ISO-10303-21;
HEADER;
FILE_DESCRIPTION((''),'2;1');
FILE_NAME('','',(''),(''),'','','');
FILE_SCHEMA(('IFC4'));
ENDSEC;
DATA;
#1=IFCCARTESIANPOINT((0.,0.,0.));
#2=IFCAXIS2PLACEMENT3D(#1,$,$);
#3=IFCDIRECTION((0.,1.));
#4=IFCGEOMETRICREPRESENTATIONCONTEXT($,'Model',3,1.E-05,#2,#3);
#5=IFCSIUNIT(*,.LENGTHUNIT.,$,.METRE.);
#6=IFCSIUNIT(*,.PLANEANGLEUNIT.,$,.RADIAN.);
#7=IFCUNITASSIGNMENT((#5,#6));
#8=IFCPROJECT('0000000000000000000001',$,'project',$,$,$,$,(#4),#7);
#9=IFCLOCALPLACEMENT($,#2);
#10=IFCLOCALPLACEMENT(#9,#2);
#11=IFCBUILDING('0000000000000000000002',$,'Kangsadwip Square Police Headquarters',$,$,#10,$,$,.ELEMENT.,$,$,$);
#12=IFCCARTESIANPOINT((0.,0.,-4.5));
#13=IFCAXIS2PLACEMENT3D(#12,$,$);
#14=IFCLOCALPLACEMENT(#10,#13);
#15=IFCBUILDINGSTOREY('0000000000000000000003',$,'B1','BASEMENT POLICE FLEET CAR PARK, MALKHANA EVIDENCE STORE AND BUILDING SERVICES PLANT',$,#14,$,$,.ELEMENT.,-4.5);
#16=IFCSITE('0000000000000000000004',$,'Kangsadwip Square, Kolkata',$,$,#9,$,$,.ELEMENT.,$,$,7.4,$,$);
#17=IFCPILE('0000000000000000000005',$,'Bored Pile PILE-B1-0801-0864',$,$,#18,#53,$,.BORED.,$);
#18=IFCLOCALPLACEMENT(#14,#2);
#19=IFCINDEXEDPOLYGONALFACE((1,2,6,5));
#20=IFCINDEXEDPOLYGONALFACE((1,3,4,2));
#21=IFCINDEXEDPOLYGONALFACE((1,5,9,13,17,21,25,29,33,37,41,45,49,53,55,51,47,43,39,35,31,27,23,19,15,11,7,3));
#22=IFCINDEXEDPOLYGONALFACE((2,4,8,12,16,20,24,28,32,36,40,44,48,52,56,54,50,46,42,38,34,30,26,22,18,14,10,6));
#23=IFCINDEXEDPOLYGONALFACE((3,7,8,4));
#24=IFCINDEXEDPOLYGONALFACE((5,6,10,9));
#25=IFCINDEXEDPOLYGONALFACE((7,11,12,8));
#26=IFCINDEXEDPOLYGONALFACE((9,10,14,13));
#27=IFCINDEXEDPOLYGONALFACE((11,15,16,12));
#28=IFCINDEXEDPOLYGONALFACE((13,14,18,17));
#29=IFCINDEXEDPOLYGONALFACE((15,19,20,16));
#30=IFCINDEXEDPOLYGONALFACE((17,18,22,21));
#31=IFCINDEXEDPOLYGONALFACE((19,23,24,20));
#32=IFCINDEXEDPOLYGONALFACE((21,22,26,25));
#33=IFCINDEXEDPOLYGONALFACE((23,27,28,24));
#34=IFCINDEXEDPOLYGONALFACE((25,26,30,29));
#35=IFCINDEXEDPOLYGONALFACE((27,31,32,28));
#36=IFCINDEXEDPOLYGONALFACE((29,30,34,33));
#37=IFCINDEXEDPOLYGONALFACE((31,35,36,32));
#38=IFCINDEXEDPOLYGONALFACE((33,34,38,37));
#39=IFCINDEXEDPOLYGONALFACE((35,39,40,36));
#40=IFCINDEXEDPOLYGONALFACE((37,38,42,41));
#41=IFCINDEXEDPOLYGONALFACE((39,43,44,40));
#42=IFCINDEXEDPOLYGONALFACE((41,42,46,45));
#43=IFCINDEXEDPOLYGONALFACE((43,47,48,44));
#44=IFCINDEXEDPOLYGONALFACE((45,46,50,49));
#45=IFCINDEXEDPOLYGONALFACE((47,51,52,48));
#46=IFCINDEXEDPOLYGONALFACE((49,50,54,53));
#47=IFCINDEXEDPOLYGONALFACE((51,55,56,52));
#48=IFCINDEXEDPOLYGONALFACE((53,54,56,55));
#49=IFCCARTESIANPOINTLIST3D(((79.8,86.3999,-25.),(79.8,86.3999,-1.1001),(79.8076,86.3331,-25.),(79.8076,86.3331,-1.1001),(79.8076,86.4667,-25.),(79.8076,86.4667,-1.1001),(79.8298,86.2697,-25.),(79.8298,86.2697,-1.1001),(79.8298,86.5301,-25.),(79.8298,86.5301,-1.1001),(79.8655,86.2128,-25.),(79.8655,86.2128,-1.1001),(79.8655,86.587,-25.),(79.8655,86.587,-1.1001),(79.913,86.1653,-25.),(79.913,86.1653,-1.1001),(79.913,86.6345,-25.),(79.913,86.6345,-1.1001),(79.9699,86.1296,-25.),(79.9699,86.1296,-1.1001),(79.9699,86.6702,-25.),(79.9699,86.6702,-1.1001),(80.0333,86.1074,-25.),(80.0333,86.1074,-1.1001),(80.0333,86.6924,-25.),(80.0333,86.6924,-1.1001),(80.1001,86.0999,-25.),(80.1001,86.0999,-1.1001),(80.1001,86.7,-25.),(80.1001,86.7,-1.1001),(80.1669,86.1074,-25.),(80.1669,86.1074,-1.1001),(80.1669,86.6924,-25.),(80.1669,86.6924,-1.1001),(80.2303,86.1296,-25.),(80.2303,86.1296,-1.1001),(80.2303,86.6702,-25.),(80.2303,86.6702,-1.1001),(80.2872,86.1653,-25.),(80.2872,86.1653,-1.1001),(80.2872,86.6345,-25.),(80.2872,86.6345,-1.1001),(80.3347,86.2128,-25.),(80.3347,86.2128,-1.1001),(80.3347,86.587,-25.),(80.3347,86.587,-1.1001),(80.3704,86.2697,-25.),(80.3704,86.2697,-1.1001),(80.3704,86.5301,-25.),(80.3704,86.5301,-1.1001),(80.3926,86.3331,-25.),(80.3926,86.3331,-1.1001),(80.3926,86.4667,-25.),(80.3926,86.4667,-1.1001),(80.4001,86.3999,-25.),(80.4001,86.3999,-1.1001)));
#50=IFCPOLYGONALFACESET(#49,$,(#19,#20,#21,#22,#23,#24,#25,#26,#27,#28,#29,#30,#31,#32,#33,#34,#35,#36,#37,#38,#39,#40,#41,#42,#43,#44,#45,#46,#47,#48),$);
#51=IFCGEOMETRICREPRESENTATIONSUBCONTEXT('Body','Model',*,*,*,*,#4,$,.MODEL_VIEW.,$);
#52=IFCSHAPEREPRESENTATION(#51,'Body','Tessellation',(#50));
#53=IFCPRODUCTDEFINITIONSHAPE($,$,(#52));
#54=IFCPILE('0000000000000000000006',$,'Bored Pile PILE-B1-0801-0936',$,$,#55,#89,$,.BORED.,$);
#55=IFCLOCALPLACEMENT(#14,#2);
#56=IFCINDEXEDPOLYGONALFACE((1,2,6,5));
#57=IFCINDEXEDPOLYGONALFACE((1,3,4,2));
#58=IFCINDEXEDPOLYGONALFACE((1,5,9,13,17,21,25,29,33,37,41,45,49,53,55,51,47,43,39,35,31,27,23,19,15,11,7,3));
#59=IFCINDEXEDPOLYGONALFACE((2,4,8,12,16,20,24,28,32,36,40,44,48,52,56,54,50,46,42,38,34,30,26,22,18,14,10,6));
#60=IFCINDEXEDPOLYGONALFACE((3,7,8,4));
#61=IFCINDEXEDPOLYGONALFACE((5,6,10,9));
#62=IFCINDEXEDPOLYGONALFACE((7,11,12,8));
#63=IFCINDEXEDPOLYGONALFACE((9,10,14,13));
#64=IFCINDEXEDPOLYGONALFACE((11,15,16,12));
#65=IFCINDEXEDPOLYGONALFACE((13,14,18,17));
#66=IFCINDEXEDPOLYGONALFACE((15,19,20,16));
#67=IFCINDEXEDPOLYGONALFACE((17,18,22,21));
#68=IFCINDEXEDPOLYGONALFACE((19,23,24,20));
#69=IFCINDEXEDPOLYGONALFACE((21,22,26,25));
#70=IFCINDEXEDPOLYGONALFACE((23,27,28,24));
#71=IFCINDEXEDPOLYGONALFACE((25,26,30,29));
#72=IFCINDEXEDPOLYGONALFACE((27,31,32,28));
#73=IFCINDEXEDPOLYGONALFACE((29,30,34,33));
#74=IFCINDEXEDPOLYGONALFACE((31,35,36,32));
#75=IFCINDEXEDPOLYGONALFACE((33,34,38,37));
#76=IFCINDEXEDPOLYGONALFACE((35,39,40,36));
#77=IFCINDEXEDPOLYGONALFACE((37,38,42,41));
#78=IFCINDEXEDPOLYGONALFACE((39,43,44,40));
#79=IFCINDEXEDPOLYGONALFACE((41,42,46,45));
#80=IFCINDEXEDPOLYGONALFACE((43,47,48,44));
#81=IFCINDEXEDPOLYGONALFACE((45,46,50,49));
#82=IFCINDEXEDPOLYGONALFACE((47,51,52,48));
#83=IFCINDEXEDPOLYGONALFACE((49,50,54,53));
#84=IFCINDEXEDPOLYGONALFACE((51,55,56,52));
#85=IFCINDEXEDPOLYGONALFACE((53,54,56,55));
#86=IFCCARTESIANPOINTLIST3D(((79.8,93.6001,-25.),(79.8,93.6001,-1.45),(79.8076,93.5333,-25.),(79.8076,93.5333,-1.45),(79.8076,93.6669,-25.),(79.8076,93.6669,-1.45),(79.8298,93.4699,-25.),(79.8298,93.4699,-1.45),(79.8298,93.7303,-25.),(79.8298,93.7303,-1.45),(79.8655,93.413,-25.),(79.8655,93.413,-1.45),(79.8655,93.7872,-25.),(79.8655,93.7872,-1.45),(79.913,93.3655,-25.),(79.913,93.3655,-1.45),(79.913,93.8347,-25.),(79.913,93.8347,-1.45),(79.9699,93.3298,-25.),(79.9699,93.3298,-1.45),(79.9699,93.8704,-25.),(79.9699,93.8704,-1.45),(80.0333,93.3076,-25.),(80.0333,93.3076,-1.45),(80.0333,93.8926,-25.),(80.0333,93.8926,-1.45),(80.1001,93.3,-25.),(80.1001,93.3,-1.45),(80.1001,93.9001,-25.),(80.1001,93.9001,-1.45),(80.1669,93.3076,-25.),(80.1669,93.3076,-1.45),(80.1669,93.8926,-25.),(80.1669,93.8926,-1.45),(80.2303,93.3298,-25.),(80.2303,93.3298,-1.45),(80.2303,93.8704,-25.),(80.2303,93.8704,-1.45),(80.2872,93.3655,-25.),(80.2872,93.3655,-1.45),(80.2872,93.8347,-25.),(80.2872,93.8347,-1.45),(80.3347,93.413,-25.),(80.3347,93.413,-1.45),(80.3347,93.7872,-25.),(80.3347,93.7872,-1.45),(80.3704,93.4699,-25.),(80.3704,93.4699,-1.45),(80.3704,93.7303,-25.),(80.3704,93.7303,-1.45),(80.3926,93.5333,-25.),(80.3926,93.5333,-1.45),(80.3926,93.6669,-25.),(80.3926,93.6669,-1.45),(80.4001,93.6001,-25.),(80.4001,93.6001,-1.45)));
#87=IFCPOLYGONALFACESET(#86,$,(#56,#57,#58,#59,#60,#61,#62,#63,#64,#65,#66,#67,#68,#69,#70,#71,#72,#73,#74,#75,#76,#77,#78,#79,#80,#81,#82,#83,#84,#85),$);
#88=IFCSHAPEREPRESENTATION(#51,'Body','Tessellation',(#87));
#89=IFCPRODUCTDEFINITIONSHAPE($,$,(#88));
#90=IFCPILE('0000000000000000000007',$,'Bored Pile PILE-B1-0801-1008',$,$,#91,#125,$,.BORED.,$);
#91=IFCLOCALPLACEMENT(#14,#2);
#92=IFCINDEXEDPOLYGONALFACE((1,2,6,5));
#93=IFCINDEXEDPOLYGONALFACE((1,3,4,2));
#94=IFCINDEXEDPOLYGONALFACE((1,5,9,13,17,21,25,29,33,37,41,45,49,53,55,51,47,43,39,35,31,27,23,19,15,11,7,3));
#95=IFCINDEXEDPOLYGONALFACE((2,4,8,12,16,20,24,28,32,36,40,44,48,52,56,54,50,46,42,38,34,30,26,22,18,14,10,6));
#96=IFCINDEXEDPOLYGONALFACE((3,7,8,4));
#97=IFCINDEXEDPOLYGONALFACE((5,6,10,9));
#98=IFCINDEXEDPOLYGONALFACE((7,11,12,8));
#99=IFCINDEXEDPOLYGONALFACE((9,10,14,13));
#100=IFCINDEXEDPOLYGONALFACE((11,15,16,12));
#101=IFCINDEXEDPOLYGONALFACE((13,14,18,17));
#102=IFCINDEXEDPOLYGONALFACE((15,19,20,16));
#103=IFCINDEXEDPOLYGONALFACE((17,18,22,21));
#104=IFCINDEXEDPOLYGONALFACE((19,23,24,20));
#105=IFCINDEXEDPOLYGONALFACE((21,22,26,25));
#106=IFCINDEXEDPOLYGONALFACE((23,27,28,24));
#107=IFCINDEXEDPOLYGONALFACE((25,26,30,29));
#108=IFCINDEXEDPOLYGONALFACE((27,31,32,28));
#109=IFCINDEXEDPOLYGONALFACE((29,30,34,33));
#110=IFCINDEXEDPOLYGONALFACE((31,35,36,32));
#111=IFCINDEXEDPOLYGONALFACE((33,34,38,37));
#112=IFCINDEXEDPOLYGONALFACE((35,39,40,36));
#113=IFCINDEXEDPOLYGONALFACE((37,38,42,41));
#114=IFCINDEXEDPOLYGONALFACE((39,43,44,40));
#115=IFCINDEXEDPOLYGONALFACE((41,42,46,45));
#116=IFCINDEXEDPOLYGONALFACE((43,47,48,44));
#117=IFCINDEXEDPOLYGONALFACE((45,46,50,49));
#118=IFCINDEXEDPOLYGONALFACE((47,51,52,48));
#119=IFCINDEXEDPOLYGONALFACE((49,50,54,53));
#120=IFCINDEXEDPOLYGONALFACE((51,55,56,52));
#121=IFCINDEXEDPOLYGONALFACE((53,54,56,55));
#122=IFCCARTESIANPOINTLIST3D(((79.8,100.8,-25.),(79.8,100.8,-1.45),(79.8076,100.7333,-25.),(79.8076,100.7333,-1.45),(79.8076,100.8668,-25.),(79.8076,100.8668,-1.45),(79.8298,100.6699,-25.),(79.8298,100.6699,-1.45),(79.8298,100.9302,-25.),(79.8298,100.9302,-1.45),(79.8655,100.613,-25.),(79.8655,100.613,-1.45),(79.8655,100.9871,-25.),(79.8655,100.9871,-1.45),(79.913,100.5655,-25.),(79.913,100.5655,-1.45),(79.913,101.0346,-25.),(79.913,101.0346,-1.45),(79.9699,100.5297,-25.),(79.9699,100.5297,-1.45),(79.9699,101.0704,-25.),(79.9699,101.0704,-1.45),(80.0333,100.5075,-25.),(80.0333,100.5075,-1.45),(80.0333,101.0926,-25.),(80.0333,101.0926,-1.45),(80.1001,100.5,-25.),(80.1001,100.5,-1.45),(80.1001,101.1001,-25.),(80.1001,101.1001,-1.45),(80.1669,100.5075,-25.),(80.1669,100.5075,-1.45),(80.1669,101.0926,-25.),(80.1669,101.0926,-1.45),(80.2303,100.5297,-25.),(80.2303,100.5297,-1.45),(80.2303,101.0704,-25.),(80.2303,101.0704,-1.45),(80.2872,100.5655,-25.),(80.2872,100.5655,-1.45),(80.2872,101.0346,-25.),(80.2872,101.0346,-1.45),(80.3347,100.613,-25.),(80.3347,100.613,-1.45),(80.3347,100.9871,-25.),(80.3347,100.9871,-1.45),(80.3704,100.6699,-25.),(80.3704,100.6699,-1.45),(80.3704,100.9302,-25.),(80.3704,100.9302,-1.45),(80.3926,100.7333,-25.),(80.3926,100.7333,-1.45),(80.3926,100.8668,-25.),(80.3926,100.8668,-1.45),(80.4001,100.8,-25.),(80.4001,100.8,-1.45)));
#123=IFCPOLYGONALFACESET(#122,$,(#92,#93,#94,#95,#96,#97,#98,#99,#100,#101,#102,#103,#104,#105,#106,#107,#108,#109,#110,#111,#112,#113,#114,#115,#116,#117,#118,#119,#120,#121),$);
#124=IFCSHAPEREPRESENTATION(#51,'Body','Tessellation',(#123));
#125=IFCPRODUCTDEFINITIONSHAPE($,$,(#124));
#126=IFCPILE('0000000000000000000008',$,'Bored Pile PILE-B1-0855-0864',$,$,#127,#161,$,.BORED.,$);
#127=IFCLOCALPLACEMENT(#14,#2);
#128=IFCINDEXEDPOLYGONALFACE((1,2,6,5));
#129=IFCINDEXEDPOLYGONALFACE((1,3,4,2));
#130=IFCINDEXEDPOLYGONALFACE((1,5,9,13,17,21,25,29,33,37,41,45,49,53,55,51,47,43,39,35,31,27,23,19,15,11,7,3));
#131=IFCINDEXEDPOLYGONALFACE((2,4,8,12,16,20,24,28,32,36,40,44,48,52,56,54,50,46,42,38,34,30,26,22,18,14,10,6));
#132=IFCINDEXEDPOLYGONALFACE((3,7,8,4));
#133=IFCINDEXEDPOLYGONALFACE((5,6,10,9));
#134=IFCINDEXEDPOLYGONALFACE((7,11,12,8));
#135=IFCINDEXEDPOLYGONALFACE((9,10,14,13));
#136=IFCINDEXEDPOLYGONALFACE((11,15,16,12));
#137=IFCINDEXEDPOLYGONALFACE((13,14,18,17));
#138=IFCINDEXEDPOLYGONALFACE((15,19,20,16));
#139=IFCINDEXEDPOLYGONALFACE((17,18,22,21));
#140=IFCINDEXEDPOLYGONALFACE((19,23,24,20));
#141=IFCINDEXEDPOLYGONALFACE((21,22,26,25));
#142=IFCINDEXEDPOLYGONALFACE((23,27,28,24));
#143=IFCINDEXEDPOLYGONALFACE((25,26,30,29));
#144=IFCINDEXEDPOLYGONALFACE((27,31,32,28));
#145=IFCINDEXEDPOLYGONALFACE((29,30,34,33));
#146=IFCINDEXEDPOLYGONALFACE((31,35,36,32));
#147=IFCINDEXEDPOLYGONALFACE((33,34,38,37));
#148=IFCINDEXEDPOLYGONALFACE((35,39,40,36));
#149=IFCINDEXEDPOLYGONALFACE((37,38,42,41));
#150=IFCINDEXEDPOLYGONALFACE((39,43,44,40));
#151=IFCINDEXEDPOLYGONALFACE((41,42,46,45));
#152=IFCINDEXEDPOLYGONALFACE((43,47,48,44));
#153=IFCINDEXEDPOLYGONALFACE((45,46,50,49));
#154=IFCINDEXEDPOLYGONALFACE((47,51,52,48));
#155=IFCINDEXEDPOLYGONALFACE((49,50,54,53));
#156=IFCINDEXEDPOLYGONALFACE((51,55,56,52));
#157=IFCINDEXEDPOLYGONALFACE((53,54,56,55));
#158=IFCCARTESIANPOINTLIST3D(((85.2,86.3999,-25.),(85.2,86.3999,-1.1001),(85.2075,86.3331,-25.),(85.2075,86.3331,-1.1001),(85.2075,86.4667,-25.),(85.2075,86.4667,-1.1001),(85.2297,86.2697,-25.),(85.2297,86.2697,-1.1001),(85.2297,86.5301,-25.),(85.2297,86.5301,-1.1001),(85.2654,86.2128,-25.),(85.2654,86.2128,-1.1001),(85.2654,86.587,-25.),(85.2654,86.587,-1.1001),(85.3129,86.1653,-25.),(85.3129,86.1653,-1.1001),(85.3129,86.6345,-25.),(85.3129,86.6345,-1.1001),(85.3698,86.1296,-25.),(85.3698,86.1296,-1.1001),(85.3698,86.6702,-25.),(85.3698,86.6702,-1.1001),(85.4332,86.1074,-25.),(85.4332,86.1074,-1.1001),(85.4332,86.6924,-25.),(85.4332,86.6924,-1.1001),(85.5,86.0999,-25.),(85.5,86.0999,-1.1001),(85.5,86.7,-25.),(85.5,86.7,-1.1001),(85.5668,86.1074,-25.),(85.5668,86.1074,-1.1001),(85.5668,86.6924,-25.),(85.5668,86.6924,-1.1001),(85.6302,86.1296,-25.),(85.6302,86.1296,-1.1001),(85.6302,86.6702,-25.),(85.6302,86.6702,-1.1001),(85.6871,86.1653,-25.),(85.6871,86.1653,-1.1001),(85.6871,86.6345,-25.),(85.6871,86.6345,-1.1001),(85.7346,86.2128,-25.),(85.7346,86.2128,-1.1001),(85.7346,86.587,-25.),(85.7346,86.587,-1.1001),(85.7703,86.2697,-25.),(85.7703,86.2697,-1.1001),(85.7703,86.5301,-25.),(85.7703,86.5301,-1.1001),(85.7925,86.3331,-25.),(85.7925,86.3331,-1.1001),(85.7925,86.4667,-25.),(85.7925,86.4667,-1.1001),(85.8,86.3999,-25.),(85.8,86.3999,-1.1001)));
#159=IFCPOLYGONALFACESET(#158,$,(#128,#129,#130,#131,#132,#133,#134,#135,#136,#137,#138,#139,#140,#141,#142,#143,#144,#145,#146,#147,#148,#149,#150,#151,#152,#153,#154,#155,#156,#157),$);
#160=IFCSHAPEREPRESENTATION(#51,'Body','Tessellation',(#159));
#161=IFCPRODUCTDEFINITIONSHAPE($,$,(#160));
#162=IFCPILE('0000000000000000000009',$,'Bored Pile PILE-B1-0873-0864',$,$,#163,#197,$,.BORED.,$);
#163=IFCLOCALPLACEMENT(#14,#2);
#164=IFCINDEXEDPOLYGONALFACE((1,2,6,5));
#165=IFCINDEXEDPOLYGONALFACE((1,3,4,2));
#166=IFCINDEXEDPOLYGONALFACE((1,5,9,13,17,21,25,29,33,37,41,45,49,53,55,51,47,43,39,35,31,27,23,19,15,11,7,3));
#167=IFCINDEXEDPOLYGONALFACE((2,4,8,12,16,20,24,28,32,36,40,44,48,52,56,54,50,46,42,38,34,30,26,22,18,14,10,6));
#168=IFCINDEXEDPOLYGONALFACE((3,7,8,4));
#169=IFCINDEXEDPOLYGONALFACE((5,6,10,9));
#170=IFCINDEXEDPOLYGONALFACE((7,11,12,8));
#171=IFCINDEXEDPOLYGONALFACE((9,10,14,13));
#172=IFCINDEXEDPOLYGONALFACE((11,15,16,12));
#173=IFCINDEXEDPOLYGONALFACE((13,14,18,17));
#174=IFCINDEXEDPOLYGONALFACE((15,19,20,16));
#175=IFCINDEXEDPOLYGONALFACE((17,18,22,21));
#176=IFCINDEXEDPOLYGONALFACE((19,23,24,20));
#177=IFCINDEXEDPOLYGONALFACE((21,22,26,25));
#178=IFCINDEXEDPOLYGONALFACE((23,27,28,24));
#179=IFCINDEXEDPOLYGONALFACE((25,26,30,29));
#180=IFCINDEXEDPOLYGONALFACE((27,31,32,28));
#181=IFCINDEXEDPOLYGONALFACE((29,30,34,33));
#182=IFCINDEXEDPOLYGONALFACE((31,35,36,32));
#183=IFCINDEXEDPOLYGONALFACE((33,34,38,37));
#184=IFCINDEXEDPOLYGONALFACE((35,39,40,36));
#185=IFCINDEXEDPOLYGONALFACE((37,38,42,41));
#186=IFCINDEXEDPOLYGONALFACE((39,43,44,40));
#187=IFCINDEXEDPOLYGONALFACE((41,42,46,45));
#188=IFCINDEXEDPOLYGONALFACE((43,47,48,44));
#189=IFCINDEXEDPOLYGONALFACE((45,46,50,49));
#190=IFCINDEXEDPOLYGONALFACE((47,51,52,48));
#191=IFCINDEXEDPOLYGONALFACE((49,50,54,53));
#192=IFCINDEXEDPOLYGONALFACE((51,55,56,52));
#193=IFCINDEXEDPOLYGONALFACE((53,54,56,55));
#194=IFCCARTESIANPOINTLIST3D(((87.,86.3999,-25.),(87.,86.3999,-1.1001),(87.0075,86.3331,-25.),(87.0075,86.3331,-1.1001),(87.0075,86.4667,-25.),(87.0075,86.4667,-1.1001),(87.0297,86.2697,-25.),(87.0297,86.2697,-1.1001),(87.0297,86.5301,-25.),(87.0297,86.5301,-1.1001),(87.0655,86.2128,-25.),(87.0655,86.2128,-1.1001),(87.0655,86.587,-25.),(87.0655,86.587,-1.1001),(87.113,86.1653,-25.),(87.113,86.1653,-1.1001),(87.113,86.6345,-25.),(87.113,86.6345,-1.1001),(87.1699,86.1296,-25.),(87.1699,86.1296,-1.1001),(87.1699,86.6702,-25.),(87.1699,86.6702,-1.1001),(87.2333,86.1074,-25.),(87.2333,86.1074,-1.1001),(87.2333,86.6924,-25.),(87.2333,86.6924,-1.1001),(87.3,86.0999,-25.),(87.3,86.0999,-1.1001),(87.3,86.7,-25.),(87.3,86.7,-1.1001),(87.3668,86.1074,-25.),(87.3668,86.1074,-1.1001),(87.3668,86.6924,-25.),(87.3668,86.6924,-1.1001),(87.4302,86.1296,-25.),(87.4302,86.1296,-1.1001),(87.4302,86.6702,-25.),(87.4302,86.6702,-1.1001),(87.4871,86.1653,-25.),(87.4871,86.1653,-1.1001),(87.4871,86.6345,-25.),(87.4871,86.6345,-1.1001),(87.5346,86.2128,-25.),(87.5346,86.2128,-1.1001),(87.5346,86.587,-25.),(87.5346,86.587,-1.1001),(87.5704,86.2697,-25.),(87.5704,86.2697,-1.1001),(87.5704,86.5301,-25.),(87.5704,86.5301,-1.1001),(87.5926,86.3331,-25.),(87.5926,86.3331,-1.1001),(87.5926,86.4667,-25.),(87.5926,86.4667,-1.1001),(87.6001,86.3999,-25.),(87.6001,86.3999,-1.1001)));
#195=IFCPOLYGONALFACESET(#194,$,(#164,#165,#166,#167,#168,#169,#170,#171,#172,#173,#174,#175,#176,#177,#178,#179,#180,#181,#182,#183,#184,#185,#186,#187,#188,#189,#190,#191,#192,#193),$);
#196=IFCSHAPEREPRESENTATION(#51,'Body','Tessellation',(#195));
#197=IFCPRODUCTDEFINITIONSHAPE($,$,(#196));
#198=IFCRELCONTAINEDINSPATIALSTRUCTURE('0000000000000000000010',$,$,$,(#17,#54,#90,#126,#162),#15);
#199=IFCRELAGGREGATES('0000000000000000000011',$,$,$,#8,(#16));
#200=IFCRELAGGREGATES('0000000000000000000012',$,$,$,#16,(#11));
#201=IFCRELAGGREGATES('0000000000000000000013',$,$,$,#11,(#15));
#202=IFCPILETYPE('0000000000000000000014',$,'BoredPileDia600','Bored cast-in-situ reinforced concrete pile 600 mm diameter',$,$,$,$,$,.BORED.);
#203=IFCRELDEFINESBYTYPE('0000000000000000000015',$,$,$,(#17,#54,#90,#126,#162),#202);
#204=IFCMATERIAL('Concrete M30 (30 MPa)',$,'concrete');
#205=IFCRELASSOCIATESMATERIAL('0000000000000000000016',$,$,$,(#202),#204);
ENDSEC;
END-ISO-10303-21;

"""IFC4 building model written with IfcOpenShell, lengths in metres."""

from ifc_helpers import new_model, si_unit, direction, frame, origin, origin_2d, place, context, subcontext, project, spatial, circle, extrude, material, material_profile, profile_set, type_object, element, save


model = new_model("IFC4")

# Units and contexts
model_context = context("Model", 3, precision=1e-05, world=origin(), true_north=direction((0.0, 1.0)))
body_context = subcontext(model_context, "Body", "Model", "MODEL_VIEW")
ifc_project = project(units=[si_unit("LENGTHUNIT", "METRE"), si_unit("PLANEANGLEUNIT", "RADIAN")], contexts=[model_context])

# Site, building, storey
site_placement = place(None, origin())
site = spatial("IfcSite", under=ifc_project, at=site_placement, Name="Kangsadwip Square, Kolkata", CompositionType="ELEMENT", RefElevation=7.4)
building_placement = place(site_placement, origin())
building = spatial("IfcBuilding", under=site, at=building_placement, Name="Kangsadwip Square Police Headquarters", CompositionType="ELEMENT")
storey_placement = place(building_placement, frame((0.0, 0.0, -4.5)))
storey = spatial("IfcBuildingStorey", under=building, at=storey_placement, Name="B1", Description="BASEMENT POLICE FLEET CAR PARK, MALKHANA EVIDENCE STORE AND BUILDING SERVICES PLANT", CompositionType="ELEMENT", Elevation=-4.5)

# Piles
ifc_material_1 = material(Name="Concrete M30 (30 MPa)", Category="concrete")
ifc_material_profile_1 = material_profile(ifc_material_1, circle(Radius=0.3, at=origin_2d()), Name="PILE DIA 600")
ifc_profile_set_1 = profile_set([ifc_material_profile_1], Name="Concrete M30 (30 MPa)")
pile_type_1 = type_object("IfcPileType", Name="BoredPileDia600", Description="Bored cast-in-situ reinforced concrete pile 600 mm diameter", PredefinedType="BORED", material=ifc_profile_set_1)
pile_1_placement = place(storey_placement, frame((80.1001, 86.3999, -1.1001), z_axis=(0.0, 0.0, -1.0), x_axis=(1.0, 0.0, 0.0)))
element("IfcPile", 1, at=pile_1_placement, inside=storey, type_object=pile_type_1, Name="Bored Pile PILE-B1-0801-0864", PredefinedType="BORED", context=body_context, shape_type="SweptSolid", body=[
    extrude(circle(Radius=0.3, at=origin_2d()), origin(), (0.0, 0.0, 1.0), 23.8999),
])
for number, where, z_axis, x_axis, name in (
    (2, (80.1001, 93.6001, -1.45), (0.0, 0.0, -1.0), (1.0, 0.0, 0.0), "Bored Pile PILE-B1-0801-0936"),
    (3, (80.1001, 100.8, -1.45), (0.0, 0.0, -1.0), (1.0, 0.0, 0.0), "Bored Pile PILE-B1-0801-1008"),
):
    element("IfcPile", number, at=place(storey_placement, frame(where, z_axis=z_axis, x_axis=x_axis)), inside=storey, type_object=pile_type_1, Name=name, PredefinedType="BORED", context=body_context, shape_type="SweptSolid", body=[
        extrude(circle(Radius=0.3, at=origin_2d()), origin(), (0.0, 0.0, 1.0), 23.55),
    ])
for number, where, z_axis, x_axis, name in (
    (4, (85.5, 86.3999, -1.1001), (0.0, 0.0, -1.0), (1.0, 0.0, 0.0), "Bored Pile PILE-B1-0855-0864"),
    (5, (87.3, 86.3999, -1.1001), (0.0, 0.0, -1.0), (1.0, 0.0, 0.0), "Bored Pile PILE-B1-0873-0864"),
):
    element("IfcPile", number, at=place(storey_placement, frame(where, z_axis=z_axis, x_axis=x_axis)), inside=storey, type_object=pile_type_1, Name=name, PredefinedType="BORED", context=body_context, shape_type="SweptSolid", body=[
        extrude(circle(Radius=0.3, at=origin_2d()), origin(), (0.0, 0.0, 1.0), 23.8999),
    ])

save(model, "model.ifc")
